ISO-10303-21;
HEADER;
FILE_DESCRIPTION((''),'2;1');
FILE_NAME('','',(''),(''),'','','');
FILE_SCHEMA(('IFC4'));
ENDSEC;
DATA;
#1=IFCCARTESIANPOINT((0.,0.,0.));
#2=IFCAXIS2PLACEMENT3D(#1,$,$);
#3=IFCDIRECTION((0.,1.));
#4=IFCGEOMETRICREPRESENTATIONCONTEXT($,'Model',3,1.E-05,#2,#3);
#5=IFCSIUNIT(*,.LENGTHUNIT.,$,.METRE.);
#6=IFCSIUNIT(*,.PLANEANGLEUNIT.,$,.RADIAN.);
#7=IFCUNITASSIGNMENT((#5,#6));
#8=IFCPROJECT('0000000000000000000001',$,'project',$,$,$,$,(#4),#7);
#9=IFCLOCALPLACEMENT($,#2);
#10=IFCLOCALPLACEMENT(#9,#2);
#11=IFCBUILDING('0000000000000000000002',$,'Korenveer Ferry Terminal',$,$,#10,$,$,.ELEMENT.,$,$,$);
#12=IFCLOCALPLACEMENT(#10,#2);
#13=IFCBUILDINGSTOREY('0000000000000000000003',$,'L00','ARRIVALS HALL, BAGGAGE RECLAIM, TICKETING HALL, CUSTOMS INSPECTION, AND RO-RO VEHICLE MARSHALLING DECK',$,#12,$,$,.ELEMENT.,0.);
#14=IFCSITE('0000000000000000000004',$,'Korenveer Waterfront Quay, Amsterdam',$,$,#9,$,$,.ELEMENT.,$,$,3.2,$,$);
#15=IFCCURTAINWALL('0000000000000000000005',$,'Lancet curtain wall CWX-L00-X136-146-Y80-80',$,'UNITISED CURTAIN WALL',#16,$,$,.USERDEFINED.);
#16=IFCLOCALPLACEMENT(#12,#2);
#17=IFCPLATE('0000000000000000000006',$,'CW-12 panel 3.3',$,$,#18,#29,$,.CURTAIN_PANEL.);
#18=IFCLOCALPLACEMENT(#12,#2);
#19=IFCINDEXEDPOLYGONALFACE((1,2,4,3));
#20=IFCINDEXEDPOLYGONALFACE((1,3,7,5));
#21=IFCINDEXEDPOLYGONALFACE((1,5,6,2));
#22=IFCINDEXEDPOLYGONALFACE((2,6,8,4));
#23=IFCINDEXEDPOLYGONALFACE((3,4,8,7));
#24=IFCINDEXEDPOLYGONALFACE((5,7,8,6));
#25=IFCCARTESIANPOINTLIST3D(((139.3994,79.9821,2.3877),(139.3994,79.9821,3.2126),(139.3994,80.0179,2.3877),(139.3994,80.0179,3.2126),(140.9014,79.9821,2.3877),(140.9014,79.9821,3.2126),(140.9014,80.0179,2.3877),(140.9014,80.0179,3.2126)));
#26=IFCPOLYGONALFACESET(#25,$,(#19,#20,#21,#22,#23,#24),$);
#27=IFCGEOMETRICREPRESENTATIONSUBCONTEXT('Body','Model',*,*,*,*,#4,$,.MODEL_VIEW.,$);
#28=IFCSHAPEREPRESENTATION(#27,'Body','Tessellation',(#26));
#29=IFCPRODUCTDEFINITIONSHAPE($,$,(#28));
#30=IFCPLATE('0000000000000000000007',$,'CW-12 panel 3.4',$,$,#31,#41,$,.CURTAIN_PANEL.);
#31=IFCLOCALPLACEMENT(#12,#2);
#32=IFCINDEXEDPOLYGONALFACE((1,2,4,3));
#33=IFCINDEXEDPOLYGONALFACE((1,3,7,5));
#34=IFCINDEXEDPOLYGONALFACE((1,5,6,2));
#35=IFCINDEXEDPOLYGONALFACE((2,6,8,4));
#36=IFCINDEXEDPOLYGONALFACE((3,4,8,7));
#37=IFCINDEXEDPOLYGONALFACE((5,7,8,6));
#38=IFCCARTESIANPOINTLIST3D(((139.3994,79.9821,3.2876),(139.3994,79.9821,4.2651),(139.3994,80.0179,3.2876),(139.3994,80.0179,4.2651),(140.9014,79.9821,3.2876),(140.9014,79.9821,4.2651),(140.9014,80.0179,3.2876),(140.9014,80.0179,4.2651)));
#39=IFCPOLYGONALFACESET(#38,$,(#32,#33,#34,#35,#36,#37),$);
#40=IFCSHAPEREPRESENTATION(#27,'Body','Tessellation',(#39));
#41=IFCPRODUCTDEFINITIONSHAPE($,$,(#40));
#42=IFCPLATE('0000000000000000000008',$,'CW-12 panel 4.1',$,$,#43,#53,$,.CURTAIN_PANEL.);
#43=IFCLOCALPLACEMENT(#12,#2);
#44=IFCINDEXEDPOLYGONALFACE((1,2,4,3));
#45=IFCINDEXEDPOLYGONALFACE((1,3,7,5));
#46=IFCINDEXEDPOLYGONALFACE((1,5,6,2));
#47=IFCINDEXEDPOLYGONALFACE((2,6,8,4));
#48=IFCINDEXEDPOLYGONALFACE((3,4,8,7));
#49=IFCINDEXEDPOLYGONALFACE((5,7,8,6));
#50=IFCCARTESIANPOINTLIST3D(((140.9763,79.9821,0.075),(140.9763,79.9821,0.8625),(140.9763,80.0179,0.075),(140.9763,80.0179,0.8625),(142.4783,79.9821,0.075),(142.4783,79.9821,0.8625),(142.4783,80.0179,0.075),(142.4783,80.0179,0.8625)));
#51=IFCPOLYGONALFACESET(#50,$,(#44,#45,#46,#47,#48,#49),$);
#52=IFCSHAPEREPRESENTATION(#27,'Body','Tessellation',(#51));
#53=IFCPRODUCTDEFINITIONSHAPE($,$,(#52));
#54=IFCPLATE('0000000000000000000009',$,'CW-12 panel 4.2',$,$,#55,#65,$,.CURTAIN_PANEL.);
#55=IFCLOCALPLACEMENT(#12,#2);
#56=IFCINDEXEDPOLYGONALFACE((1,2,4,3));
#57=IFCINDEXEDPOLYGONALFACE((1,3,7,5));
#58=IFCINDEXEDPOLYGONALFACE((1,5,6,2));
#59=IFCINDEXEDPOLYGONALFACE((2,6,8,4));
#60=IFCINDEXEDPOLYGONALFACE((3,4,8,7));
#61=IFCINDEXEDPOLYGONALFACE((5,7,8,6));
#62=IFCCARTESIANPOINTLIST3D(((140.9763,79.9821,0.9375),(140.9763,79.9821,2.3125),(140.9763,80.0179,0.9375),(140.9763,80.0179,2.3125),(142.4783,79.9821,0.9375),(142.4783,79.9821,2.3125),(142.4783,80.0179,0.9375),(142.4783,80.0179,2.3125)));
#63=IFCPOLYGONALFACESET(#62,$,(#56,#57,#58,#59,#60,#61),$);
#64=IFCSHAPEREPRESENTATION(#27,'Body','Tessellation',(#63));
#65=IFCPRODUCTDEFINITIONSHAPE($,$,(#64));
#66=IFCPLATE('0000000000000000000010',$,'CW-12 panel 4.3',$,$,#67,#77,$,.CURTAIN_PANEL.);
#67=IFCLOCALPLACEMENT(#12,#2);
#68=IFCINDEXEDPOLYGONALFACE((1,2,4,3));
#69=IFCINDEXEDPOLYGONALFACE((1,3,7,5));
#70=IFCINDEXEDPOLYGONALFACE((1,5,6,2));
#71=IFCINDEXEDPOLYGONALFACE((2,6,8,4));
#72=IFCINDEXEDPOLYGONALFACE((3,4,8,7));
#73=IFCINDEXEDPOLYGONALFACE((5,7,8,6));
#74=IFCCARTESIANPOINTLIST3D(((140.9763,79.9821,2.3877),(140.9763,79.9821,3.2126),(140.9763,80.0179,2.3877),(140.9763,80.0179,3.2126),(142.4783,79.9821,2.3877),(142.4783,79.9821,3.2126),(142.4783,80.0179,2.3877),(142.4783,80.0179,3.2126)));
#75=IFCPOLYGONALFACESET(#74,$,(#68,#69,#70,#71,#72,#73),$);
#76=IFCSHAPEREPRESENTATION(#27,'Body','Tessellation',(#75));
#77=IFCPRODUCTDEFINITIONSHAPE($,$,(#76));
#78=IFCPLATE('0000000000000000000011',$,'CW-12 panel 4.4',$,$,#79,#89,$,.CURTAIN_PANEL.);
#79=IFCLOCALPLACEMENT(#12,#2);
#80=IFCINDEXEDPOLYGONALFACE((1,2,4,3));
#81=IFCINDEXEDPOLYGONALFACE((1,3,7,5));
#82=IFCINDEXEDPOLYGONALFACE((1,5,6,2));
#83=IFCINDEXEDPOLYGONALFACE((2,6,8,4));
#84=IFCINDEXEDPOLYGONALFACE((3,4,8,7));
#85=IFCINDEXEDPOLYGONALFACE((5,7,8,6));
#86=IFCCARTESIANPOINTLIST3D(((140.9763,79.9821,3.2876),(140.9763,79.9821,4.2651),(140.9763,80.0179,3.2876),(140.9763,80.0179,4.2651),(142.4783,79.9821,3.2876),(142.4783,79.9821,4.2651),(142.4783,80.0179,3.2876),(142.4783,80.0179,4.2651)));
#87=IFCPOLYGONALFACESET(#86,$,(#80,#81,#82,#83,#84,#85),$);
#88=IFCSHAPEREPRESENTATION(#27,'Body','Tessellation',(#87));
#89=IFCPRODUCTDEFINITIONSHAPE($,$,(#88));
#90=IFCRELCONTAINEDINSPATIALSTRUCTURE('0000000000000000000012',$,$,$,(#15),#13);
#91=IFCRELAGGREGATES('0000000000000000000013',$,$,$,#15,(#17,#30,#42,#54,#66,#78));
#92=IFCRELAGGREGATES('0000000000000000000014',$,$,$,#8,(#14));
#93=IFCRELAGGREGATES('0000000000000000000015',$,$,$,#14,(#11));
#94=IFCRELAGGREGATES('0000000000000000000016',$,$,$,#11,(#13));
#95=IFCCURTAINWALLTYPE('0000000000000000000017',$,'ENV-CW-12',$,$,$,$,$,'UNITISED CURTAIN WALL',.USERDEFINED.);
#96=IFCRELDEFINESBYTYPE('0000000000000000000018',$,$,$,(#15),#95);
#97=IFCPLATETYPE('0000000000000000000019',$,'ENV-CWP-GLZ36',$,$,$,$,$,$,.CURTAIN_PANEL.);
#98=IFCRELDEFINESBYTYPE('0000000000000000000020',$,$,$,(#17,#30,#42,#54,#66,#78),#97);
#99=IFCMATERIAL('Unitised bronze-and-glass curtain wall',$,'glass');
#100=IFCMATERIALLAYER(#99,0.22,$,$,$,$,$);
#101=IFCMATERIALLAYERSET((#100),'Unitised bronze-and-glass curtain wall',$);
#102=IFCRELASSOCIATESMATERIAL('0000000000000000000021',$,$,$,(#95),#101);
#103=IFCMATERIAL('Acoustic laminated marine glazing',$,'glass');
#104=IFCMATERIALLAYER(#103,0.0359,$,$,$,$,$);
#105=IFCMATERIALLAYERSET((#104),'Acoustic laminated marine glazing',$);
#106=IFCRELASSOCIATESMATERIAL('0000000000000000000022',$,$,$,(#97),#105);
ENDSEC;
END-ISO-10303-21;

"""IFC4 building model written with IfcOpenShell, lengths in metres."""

from ifc_helpers import new_model, si_unit, direction, frame, origin, origin_2d, place, context, subcontext, project, spatial, rectangle, extrude, material, layer, layer_set, type_object, element, aggregate, save


model = new_model("IFC4")

# Units and contexts
model_context = context("Model", 3, precision=1e-05, world=origin(), true_north=direction((0.0, 1.0)))
body_context = subcontext(model_context, "Body", "Model", "MODEL_VIEW")
ifc_project = project(units=[si_unit("LENGTHUNIT", "METRE"), si_unit("PLANEANGLEUNIT", "RADIAN")], contexts=[model_context])

# Site, building, storey
site_placement = place(None, origin())
site = spatial("IfcSite", under=ifc_project, at=site_placement, Name="Korenveer Waterfront Quay, Amsterdam", CompositionType="ELEMENT", RefElevation=3.2)
building_placement = place(site_placement, origin())
building = spatial("IfcBuilding", under=site, at=building_placement, Name="Korenveer Ferry Terminal", CompositionType="ELEMENT")
storey_placement = place(building_placement, origin())
storey = spatial("IfcBuildingStorey", under=building, at=storey_placement, Name="L00", Description="ARRIVALS HALL, BAGGAGE RECLAIM, TICKETING HALL, CUSTOMS INSPECTION, AND RO-RO VEHICLE MARSHALLING DECK", CompositionType="ELEMENT", Elevation=0.0)

# Curtain wall, plates
ifc_material_1 = material(Name="Unitised bronze-and-glass curtain wall", Category="glass")
ifc_layer_1 = layer(ifc_material_1, 0.22)
ifc_layer_set_1 = layer_set([ifc_layer_1], Name="Unitised bronze-and-glass curtain wall")
curtain_wall_type = type_object("IfcCurtainWallType", Name="ENV-CW-12", ElementType="UNITISED CURTAIN WALL", PredefinedType="USERDEFINED", material=ifc_layer_set_1)
curtain_wall_placement = place(storey_placement, frame((136.2078, 80.0, 0.0)))
curtain_wall = element("IfcCurtainWall", 1, at=curtain_wall_placement, inside=storey, type_object=curtain_wall_type, Name="Lancet curtain wall CWX-L00-X136-146-Y80-80", ObjectType="UNITISED CURTAIN WALL", PredefinedType="USERDEFINED")
ifc_material_2 = material(Name="Acoustic laminated marine glazing", Category="glass")
ifc_layer_2 = layer(ifc_material_2, 0.0359)
ifc_layer_set_2 = layer_set([ifc_layer_2], Name="Acoustic laminated marine glazing")
plate_type = type_object("IfcPlateType", Name="ENV-CWP-GLZ36", PredefinedType="CURTAIN_PANEL", material=ifc_layer_set_2)
plate_1_placement = place(storey_placement, frame((140.1504, 80.0, 2.3877), z_axis=(0.0, 0.0, 1.0), x_axis=(1.0, 0.0, 0.0)))
plate_1 = element("IfcPlate", 2, at=plate_1_placement, type_object=plate_type, Name="CW-12 panel 3.3", PredefinedType="CURTAIN_PANEL", context=body_context, shape_type="SweptSolid", body=[
    extrude(rectangle(XDim=1.502, YDim=0.0359, at=origin_2d()), origin(), (0.0, 0.0, 1.0), 0.825),
])
plate_2_placement = place(storey_placement, frame((140.1504, 80.0, 3.2876), z_axis=(0.0, 0.0, 1.0), x_axis=(1.0, 0.0, 0.0)))
plate_2 = element("IfcPlate", 3, at=plate_2_placement, type_object=plate_type, Name="CW-12 panel 3.4", PredefinedType="CURTAIN_PANEL", context=body_context, shape_type="SweptSolid", body=[
    extrude(rectangle(XDim=1.502, YDim=0.0359, at=origin_2d()), origin(), (0.0, 0.0, 1.0), 0.9775),
])
plate_3_placement = place(storey_placement, frame((141.7273, 80.0, 0.075), z_axis=(0.0, 0.0, 1.0), x_axis=(1.0, 0.0, 0.0)))
plate_3 = element("IfcPlate", 4, at=plate_3_placement, type_object=plate_type, Name="CW-12 panel 4.1", PredefinedType="CURTAIN_PANEL", context=body_context, shape_type="SweptSolid", body=[
    extrude(rectangle(XDim=1.502, YDim=0.0359, at=origin_2d()), origin(), (0.0, 0.0, 1.0), 0.7876),
])
plate_4_placement = place(storey_placement, frame((141.7273, 80.0, 0.9375), z_axis=(0.0, 0.0, 1.0), x_axis=(1.0, 0.0, 0.0)))
plate_4 = element("IfcPlate", 5, at=plate_4_placement, type_object=plate_type, Name="CW-12 panel 4.2", PredefinedType="CURTAIN_PANEL", context=body_context, shape_type="SweptSolid", body=[
    extrude(rectangle(XDim=1.502, YDim=0.0359, at=origin_2d()), origin(), (0.0, 0.0, 1.0), 1.375),
])
plate_5_placement = place(storey_placement, frame((141.7273, 80.0, 2.3877), z_axis=(0.0, 0.0, 1.0), x_axis=(1.0, 0.0, 0.0)))
plate_5 = element("IfcPlate", 6, at=plate_5_placement, type_object=plate_type, Name="CW-12 panel 4.3", PredefinedType="CURTAIN_PANEL", context=body_context, shape_type="SweptSolid", body=[
    extrude(rectangle(XDim=1.502, YDim=0.0359, at=origin_2d()), origin(), (0.0, 0.0, 1.0), 0.825),
])
plate_6_placement = place(storey_placement, frame((141.7273, 80.0, 3.2876), z_axis=(0.0, 0.0, 1.0), x_axis=(1.0, 0.0, 0.0)))
plate_6 = element("IfcPlate", 7, at=plate_6_placement, type_object=plate_type, Name="CW-12 panel 4.4", PredefinedType="CURTAIN_PANEL", context=body_context, shape_type="SweptSolid", body=[
    extrude(rectangle(XDim=1.502, YDim=0.0359, at=origin_2d()), origin(), (0.0, 0.0, 1.0), 0.9775),
])
aggregate(curtain_wall, [plate_1, plate_2, plate_3, plate_4, plate_5, plate_6])

save(model, "model.ifc")
